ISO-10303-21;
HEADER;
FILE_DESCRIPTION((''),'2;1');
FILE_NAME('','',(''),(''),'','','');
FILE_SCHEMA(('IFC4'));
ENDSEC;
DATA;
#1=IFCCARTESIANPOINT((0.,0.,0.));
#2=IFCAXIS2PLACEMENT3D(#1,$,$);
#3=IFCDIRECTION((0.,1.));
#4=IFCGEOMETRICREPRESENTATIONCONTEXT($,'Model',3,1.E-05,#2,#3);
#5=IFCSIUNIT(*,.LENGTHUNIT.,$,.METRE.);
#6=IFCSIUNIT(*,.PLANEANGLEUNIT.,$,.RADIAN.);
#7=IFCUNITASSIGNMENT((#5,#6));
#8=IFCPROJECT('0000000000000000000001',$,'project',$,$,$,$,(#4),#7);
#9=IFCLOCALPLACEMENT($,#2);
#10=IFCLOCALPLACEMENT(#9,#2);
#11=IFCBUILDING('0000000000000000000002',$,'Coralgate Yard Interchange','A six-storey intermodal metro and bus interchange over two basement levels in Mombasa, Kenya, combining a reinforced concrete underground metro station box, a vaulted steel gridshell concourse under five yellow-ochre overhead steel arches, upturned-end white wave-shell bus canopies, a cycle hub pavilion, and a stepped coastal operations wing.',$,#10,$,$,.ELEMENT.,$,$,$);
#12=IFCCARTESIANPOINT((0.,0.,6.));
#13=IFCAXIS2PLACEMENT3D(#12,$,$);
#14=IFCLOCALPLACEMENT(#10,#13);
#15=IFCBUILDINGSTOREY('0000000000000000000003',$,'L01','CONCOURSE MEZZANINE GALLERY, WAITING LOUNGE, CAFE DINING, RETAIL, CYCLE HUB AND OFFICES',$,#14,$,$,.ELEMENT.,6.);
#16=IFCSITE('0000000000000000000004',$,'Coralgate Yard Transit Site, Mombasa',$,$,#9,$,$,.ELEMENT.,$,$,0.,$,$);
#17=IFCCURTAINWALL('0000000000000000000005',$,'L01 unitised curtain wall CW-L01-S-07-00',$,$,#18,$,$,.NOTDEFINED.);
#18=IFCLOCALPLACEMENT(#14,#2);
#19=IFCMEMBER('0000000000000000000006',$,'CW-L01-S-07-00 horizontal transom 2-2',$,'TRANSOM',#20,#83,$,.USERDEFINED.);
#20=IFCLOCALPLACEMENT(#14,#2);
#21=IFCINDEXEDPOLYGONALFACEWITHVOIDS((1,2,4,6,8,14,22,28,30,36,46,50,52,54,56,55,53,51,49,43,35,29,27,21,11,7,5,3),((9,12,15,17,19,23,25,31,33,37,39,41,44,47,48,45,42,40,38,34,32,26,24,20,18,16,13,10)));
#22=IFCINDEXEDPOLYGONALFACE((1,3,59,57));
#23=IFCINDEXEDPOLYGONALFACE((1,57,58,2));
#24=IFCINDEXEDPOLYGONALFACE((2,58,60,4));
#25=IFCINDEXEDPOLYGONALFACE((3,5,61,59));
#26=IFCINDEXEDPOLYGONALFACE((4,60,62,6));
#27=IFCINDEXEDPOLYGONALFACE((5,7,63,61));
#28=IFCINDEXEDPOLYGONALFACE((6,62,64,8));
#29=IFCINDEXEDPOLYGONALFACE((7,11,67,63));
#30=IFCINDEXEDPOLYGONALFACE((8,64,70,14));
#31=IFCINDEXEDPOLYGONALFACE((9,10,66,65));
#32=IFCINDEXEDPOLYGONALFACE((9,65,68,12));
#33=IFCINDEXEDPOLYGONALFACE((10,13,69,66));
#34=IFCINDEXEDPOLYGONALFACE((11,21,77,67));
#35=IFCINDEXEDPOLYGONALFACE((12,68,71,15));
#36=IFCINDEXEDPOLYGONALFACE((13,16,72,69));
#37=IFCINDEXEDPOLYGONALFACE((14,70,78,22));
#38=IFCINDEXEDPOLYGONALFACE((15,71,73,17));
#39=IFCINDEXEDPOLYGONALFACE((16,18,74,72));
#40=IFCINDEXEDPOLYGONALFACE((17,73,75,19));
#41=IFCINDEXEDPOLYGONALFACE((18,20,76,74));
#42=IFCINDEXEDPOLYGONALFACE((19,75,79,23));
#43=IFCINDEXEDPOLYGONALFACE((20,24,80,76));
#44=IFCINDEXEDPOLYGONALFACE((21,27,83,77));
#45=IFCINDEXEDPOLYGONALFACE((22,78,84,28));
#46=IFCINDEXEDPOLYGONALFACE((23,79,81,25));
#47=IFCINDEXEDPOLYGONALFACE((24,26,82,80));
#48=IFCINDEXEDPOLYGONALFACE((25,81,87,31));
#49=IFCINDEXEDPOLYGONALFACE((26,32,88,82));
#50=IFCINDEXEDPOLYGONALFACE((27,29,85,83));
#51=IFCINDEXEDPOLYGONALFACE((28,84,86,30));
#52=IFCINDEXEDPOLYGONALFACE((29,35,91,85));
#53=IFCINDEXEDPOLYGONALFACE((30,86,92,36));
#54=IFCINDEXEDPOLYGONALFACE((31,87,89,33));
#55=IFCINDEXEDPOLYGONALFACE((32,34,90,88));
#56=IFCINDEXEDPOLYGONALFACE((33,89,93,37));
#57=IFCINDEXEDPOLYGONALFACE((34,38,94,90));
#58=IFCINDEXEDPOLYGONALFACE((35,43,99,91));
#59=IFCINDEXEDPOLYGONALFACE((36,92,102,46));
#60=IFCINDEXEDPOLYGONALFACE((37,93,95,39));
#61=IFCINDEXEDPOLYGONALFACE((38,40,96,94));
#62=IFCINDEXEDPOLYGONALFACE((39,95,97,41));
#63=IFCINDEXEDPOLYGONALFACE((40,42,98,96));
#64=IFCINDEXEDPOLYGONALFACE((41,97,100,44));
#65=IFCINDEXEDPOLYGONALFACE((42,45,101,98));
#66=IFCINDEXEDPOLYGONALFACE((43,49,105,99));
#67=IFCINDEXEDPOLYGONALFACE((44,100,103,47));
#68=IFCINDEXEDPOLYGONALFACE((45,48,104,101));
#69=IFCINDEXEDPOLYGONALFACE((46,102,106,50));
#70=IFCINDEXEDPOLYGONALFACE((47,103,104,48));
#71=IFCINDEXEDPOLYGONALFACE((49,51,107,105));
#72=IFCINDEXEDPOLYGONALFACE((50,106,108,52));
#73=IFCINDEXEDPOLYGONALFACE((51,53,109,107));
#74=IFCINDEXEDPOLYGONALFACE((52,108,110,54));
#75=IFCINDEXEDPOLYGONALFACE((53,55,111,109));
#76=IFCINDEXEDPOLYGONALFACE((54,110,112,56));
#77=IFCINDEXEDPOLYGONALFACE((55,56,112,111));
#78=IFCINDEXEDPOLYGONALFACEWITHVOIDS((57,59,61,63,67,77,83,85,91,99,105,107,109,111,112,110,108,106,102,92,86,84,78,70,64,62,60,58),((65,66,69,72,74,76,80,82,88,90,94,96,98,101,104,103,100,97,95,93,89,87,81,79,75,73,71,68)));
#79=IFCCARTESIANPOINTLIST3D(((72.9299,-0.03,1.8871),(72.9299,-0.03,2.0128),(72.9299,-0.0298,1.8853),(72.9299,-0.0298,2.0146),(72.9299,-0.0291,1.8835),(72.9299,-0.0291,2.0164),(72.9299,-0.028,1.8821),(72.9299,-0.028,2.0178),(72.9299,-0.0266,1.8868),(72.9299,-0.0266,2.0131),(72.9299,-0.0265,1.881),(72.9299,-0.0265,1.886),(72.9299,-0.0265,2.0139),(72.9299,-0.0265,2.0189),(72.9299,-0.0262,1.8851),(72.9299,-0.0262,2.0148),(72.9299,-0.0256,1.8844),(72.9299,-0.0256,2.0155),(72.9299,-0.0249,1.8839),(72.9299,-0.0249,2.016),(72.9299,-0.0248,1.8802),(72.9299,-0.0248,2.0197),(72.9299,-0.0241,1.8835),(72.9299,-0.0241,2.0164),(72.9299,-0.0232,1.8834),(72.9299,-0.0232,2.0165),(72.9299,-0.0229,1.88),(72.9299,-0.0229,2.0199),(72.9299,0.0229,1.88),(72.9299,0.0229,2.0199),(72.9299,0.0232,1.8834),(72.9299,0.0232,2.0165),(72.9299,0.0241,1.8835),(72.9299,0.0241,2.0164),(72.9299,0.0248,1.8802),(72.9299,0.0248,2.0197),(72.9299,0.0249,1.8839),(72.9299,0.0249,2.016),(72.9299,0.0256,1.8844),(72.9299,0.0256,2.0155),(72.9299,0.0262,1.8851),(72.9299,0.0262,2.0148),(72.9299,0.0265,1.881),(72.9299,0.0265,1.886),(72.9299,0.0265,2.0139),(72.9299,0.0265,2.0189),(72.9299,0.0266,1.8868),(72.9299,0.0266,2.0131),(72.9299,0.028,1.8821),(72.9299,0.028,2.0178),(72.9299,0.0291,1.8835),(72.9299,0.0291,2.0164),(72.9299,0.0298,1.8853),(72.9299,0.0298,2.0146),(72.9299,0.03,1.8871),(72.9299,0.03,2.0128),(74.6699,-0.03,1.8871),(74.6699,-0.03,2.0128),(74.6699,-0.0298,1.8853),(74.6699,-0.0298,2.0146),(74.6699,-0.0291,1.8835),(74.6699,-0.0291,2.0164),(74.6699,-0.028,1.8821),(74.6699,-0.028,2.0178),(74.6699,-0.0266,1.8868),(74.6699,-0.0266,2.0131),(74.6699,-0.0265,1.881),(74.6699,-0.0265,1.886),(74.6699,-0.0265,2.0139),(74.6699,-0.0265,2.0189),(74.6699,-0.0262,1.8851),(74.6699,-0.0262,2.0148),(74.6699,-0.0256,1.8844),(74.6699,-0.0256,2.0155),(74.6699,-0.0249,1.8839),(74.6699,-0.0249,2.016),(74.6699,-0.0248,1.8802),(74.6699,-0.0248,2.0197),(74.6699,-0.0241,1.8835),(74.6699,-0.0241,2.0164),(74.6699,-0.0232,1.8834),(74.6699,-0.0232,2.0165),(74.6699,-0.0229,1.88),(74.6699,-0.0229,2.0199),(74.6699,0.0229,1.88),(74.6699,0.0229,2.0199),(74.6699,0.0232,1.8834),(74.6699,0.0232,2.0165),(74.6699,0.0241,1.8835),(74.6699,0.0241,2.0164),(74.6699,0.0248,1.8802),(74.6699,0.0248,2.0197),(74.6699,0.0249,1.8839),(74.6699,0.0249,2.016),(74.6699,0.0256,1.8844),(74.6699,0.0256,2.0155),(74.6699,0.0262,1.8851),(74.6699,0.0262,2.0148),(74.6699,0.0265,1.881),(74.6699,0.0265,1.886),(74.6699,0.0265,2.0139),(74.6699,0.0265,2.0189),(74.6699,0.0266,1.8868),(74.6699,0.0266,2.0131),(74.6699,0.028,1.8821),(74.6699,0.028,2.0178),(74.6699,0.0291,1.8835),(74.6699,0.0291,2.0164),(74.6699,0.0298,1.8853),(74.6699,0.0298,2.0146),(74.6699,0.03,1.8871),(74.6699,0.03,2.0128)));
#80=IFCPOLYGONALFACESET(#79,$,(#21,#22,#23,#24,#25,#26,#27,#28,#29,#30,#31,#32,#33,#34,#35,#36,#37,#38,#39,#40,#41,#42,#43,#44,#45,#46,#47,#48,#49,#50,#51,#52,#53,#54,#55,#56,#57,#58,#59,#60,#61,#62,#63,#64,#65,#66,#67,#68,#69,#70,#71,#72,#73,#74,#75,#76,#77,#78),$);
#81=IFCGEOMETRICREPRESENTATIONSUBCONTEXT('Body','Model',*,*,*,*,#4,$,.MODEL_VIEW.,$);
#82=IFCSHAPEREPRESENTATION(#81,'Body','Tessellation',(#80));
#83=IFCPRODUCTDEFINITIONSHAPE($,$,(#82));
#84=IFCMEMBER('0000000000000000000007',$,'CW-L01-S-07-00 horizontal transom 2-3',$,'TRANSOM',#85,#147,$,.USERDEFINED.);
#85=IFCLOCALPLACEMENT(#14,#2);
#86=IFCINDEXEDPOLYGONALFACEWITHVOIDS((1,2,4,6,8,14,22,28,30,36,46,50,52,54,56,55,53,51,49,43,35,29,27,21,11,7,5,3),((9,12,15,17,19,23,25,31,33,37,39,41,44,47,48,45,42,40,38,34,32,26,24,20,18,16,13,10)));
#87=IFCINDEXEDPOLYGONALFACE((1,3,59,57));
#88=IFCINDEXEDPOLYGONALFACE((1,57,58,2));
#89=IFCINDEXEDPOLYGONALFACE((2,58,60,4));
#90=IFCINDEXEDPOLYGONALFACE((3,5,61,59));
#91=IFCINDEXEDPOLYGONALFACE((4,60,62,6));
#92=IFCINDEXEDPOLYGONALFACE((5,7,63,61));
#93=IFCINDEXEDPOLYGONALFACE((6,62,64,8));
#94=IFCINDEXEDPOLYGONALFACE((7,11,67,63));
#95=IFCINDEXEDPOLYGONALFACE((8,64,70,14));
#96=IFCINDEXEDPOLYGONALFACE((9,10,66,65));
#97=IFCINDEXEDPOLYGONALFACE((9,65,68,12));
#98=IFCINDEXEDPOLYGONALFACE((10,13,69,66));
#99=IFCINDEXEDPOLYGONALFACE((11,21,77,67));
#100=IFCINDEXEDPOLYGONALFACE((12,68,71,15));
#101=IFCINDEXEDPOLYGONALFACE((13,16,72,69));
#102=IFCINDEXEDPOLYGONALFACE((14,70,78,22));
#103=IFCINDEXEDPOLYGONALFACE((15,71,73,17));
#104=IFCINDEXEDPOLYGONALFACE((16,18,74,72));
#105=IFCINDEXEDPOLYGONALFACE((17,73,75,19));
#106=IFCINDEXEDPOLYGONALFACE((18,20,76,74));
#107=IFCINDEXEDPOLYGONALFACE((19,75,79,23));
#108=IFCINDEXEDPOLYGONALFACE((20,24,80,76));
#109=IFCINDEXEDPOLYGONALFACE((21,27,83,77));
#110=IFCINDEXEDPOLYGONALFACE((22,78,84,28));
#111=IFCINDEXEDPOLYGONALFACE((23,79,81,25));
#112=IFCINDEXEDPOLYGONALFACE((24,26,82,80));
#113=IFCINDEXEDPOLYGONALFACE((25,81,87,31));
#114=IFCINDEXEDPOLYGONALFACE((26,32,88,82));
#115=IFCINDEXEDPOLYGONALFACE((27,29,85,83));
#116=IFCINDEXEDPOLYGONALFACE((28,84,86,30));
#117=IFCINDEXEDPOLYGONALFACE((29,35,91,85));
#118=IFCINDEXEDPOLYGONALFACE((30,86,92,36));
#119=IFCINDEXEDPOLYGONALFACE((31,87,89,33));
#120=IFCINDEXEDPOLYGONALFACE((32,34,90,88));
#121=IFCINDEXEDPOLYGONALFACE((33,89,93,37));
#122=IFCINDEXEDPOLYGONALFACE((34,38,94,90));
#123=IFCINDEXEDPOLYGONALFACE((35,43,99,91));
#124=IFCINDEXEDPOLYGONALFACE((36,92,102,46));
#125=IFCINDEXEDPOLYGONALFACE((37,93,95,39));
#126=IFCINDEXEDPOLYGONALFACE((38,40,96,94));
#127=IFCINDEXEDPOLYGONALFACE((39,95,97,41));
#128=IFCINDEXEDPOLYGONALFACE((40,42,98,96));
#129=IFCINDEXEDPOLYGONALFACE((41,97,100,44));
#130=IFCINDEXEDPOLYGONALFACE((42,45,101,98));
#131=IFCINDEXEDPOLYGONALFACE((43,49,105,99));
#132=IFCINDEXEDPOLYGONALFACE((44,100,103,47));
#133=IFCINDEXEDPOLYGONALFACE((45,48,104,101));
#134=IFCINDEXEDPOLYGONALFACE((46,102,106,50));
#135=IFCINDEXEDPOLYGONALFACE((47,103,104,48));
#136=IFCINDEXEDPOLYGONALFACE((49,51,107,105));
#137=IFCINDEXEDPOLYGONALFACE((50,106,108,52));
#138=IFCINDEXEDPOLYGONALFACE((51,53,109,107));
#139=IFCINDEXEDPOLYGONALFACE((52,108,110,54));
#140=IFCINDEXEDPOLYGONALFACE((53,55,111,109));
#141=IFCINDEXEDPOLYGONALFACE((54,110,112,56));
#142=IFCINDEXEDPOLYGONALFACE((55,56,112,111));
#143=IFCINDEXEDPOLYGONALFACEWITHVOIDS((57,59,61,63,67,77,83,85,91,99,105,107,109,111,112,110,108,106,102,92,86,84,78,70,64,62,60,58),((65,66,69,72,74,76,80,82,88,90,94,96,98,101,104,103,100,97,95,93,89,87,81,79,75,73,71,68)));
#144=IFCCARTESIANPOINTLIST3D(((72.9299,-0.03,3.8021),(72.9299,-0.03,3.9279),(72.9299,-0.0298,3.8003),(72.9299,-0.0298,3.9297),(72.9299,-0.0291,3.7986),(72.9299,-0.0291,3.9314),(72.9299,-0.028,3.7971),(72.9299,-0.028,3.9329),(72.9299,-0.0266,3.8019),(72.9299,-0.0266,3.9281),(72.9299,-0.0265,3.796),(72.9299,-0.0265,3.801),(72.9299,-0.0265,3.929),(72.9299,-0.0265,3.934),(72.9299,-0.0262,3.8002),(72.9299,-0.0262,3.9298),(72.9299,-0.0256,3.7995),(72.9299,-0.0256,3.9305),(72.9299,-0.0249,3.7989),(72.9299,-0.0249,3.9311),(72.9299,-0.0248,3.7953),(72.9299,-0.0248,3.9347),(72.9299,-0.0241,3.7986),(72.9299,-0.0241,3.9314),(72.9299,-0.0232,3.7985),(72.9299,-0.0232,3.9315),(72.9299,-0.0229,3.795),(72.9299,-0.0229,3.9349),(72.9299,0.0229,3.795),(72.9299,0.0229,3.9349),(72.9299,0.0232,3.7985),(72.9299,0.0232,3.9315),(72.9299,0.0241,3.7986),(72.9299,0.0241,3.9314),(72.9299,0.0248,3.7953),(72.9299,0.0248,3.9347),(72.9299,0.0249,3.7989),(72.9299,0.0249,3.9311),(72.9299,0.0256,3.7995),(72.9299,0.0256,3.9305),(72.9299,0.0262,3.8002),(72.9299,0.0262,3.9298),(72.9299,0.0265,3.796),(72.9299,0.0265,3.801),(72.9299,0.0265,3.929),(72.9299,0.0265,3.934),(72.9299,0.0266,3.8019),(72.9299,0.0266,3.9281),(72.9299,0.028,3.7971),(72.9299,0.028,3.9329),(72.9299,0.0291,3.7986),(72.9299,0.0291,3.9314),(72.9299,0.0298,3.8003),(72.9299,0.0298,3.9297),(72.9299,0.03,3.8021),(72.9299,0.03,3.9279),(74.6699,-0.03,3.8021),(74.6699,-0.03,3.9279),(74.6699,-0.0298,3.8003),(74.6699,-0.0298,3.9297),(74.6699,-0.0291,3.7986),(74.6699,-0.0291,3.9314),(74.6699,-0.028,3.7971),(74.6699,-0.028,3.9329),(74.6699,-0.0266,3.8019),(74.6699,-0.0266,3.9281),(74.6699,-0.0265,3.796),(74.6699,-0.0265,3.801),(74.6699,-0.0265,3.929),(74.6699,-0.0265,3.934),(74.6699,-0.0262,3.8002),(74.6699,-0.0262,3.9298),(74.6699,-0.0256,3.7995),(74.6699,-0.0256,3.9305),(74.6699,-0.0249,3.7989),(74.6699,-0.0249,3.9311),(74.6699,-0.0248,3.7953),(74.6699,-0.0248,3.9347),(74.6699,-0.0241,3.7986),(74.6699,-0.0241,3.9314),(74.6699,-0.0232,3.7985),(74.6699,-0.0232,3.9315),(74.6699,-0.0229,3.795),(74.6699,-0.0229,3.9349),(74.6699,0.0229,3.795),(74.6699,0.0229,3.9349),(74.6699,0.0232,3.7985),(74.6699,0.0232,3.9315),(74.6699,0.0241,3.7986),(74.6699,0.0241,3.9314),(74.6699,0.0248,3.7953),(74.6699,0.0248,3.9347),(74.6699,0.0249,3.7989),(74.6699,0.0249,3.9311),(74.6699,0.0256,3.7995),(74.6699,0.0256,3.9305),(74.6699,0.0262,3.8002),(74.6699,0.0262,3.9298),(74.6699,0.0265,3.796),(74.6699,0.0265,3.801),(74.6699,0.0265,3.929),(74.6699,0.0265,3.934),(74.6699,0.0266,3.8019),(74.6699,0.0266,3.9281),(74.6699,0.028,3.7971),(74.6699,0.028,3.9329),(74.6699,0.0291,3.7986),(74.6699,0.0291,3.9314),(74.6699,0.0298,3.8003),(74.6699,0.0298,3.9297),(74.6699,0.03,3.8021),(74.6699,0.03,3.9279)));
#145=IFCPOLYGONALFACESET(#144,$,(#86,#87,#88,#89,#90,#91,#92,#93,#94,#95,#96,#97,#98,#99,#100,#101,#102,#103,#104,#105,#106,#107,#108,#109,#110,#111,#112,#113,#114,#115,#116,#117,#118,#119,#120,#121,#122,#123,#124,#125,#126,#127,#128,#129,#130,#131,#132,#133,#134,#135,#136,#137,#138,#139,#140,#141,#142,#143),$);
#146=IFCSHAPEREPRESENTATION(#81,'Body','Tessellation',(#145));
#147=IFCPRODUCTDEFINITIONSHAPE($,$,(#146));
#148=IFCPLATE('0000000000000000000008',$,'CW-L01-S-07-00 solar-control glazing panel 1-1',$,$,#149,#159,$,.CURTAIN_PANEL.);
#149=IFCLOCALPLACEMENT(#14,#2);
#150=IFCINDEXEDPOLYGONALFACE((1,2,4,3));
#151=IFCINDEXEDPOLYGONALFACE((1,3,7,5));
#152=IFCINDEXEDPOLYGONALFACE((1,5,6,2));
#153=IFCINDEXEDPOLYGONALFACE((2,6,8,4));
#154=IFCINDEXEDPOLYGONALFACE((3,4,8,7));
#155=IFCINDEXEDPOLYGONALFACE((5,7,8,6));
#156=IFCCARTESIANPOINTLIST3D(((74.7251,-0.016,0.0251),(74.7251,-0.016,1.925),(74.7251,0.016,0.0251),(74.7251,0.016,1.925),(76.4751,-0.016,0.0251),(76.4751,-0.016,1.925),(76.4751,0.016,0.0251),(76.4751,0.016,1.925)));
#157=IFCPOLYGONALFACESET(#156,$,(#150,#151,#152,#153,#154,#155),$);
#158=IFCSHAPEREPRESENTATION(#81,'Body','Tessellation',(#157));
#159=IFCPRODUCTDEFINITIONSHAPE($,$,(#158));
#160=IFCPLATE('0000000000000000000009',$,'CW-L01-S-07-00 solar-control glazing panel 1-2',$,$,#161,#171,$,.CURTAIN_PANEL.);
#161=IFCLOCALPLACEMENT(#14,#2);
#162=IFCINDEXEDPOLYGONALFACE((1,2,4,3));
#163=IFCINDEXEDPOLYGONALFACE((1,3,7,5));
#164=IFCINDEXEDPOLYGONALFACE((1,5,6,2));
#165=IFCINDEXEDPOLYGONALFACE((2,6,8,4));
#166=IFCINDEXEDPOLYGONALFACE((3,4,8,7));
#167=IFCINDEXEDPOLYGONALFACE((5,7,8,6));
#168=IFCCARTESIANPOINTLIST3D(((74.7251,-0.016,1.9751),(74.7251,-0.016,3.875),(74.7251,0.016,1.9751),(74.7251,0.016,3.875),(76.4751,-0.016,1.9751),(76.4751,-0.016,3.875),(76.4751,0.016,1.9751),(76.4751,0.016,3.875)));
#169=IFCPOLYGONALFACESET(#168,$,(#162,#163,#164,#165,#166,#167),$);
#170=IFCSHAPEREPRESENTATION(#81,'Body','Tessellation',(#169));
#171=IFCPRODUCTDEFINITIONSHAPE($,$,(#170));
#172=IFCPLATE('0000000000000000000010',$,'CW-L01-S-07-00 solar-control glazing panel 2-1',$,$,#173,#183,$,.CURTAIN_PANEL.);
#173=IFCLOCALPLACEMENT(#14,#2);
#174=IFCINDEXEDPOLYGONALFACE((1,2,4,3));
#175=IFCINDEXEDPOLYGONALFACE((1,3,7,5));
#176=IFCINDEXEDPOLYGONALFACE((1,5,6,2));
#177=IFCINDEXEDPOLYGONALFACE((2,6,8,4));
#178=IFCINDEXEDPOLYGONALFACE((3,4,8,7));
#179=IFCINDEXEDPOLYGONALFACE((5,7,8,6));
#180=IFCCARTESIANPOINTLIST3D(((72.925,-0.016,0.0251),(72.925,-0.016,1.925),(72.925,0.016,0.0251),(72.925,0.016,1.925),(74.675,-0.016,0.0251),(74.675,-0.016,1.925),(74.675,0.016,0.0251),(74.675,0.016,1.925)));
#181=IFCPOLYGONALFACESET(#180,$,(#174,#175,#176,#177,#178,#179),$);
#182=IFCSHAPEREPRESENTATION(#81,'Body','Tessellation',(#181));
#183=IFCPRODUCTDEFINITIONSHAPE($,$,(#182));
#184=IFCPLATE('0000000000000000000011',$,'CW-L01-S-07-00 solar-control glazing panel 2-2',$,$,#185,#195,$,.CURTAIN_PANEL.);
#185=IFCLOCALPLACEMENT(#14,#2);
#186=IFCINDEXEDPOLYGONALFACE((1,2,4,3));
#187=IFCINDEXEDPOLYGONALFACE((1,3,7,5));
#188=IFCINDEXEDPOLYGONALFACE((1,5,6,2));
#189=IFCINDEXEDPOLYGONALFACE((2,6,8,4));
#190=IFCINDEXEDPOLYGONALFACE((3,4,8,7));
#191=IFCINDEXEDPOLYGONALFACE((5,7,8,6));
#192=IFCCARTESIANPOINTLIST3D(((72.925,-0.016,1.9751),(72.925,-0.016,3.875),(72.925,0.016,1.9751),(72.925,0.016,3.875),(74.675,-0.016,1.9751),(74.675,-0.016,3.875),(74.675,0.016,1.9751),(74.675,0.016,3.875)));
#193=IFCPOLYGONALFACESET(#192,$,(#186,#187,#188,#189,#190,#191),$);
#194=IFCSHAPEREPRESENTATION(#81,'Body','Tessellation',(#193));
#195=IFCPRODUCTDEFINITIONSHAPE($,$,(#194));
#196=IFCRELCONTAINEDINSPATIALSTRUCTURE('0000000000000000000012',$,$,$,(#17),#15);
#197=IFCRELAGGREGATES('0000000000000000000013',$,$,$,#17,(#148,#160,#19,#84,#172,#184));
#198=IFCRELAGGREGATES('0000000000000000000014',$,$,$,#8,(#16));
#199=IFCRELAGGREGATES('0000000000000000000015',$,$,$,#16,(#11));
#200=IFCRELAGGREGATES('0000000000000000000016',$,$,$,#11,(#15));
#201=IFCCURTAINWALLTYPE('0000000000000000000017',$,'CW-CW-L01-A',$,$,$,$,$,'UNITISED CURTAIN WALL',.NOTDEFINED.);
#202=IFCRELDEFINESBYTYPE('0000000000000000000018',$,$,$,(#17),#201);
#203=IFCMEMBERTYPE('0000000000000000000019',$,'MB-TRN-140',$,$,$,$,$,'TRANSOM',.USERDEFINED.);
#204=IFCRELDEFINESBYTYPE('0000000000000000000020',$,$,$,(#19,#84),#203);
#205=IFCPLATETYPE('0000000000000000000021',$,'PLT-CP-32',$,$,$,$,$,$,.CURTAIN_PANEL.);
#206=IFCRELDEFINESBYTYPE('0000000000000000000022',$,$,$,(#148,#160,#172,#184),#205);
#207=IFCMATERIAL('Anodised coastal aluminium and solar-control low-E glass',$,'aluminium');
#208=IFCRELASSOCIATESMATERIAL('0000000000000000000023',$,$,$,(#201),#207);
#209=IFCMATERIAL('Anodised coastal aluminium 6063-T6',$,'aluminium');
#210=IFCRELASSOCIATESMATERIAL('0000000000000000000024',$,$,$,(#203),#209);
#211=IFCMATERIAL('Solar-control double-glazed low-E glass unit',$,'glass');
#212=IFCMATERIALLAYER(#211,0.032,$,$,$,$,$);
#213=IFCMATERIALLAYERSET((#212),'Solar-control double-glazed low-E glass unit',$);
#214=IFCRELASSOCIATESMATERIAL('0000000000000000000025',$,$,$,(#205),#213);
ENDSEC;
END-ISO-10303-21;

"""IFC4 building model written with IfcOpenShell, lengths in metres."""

from ifc_helpers import new_model, si_unit, direction, frame, origin, origin_2d, place, context, subcontext, project, spatial, rectangle, hollow_rectangle, extrude, material, layer, layer_set, material_profile, profile_set, type_object, element, aggregate, save


model = new_model("IFC4")

# Units and contexts
model_context = context("Model", 3, precision=1e-05, world=origin(), true_north=direction((0.0, 1.0)))
body_context = subcontext(model_context, "Body", "Model", "MODEL_VIEW")
ifc_project = project(units=[si_unit("LENGTHUNIT", "METRE"), si_unit("PLANEANGLEUNIT", "RADIAN")], contexts=[model_context])

# Site, building, storey
site_placement = place(None, origin())
site = spatial("IfcSite", under=ifc_project, at=site_placement, Name="Coralgate Yard Transit Site, Mombasa", CompositionType="ELEMENT", RefElevation=0.0)
building_placement = place(site_placement, origin())
building = spatial("IfcBuilding", under=site, at=building_placement, Name="Coralgate Yard Interchange", Description="A six-storey intermodal metro and bus interchange over two basement levels in Mombasa, Kenya, combining a reinforced concrete underground metro station box, a vaulted steel gridshell concourse under five yellow-ochre overhead steel arches, upturned-end white wave-shell bus canopies, a cycle hub pavilion, and a stepped coastal operations wing.", CompositionType="ELEMENT")
storey_placement = place(building_placement, frame((0.0, 0.0, 6.0)))
storey = spatial("IfcBuildingStorey", under=building, at=storey_placement, Name="L01", Description="CONCOURSE MEZZANINE GALLERY, WAITING LOUNGE, CAFE DINING, RETAIL, CYCLE HUB AND OFFICES", CompositionType="ELEMENT", Elevation=6.0)

# Curtain wall, members, plates
ifc_material_1 = material(Name="Anodised coastal aluminium and solar-control low-E glass", Category="aluminium")
curtain_wall_type = type_object("IfcCurtainWallType", Name="CW-CW-L01-A", ElementType="UNITISED CURTAIN WALL", PredefinedType="NOTDEFINED", material=ifc_material_1)
curtain_wall_placement = place(storey_placement, origin())
curtain_wall = element("IfcCurtainWall", 1, at=curtain_wall_placement, inside=storey, type_object=curtain_wall_type, Name="L01 unitised curtain wall CW-L01-S-07-00", PredefinedType="NOTDEFINED")
ifc_material_2 = material(Name="Anodised coastal aluminium 6063-T6", Category="aluminium")
ifc_material_profile_1 = material_profile(ifc_material_2, hollow_rectangle(XDim=0.0601, YDim=0.1399, WallThickness=0.0034, InnerFilletRadius=0.0034, OuterFilletRadius=0.0071, at=origin_2d()), Name="ALU 60x140x3.5")
ifc_profile_set_1 = profile_set([ifc_material_profile_1], Name="Anodised coastal aluminium 6063-T6")
member_type_1 = type_object("IfcMemberType", Name="MB-TRN-140", ElementType="TRANSOM", PredefinedType="USERDEFINED", material=ifc_profile_set_1)
member_1_placement = place(storey_placement, frame((74.6699, 0.0, 1.95), z_axis=(-1.0, 0.0, 0.0), x_axis=(0.0, -1.0, 0.0)))
member_1 = element("IfcMember", 2, at=member_1_placement, type_object=member_type_1, Name="CW-L01-S-07-00 horizontal transom 2-2", ObjectType="TRANSOM", PredefinedType="USERDEFINED", context=body_context, shape_type="SweptSolid", body=[
    extrude(hollow_rectangle(XDim=0.0601, YDim=0.1399, WallThickness=0.0034, InnerFilletRadius=0.0034, OuterFilletRadius=0.0071, at=origin_2d()), origin(), (0.0, 0.0, 1.0), 1.74),
])
member_2_placement = place(storey_placement, frame((74.6699, 0.0, 3.865), z_axis=(-1.0, 0.0, 0.0), x_axis=(0.0, -1.0, 0.0)))
member_2 = element("IfcMember", 3, at=member_2_placement, type_object=member_type_1, Name="CW-L01-S-07-00 horizontal transom 2-3", ObjectType="TRANSOM", PredefinedType="USERDEFINED", context=body_context, shape_type="SweptSolid", body=[
    extrude(hollow_rectangle(XDim=0.0601, YDim=0.1399, WallThickness=0.0034, InnerFilletRadius=0.0034, OuterFilletRadius=0.0071, at=origin_2d()), origin(), (0.0, 0.0, 1.0), 1.74),
])
ifc_material_3 = material(Name="Solar-control double-glazed low-E glass unit", Category="glass")
ifc_layer_1 = layer(ifc_material_3, 0.032)
ifc_layer_set_1 = layer_set([ifc_layer_1], Name="Solar-control double-glazed low-E glass unit")
plate_type = type_object("IfcPlateType", Name="PLT-CP-32", PredefinedType="CURTAIN_PANEL", material=ifc_layer_set_1)
plate_1_placement = place(storey_placement, frame((75.6001, 0.0, 0.0251), z_axis=(0.0, 0.0, 1.0), x_axis=(-1.0, 0.0, 0.0)))
plate_1 = element("IfcPlate", 4, at=plate_1_placement, type_object=plate_type, Name="CW-L01-S-07-00 solar-control glazing panel 1-1", PredefinedType="CURTAIN_PANEL", context=body_context, shape_type="SweptSolid", body=[
    extrude(rectangle(XDim=1.75, YDim=0.032, at=origin_2d()), origin(), (0.0, 0.0, 1.0), 1.8999),
])
plate_2_placement = place(storey_placement, frame((75.6001, 0.0, 1.9751), z_axis=(0.0, 0.0, 1.0), x_axis=(-1.0, 0.0, 0.0)))
plate_2 = element("IfcPlate", 5, at=plate_2_placement, type_object=plate_type, Name="CW-L01-S-07-00 solar-control glazing panel 1-2", PredefinedType="CURTAIN_PANEL", context=body_context, shape_type="SweptSolid", body=[
    extrude(rectangle(XDim=1.75, YDim=0.032, at=origin_2d()), origin(), (0.0, 0.0, 1.0), 1.8999),
])
plate_3_placement = place(storey_placement, frame((73.8, 0.0, 0.0251), z_axis=(0.0, 0.0, 1.0), x_axis=(-1.0, 0.0, 0.0)))
plate_3 = element("IfcPlate", 6, at=plate_3_placement, type_object=plate_type, Name="CW-L01-S-07-00 solar-control glazing panel 2-1", PredefinedType="CURTAIN_PANEL", context=body_context, shape_type="SweptSolid", body=[
    extrude(rectangle(XDim=1.75, YDim=0.032, at=origin_2d()), origin(), (0.0, 0.0, 1.0), 1.8999),
])
plate_4_placement = place(storey_placement, frame((73.8, 0.0, 1.9751), z_axis=(0.0, 0.0, 1.0), x_axis=(-1.0, 0.0, 0.0)))
plate_4 = element("IfcPlate", 7, at=plate_4_placement, type_object=plate_type, Name="CW-L01-S-07-00 solar-control glazing panel 2-2", PredefinedType="CURTAIN_PANEL", context=body_context, shape_type="SweptSolid", body=[
    extrude(rectangle(XDim=1.75, YDim=0.032, at=origin_2d()), origin(), (0.0, 0.0, 1.0), 1.8999),
])
aggregate(curtain_wall, [plate_1, plate_2, member_1, member_2, plate_3, plate_4])

save(model, "model.ifc")
